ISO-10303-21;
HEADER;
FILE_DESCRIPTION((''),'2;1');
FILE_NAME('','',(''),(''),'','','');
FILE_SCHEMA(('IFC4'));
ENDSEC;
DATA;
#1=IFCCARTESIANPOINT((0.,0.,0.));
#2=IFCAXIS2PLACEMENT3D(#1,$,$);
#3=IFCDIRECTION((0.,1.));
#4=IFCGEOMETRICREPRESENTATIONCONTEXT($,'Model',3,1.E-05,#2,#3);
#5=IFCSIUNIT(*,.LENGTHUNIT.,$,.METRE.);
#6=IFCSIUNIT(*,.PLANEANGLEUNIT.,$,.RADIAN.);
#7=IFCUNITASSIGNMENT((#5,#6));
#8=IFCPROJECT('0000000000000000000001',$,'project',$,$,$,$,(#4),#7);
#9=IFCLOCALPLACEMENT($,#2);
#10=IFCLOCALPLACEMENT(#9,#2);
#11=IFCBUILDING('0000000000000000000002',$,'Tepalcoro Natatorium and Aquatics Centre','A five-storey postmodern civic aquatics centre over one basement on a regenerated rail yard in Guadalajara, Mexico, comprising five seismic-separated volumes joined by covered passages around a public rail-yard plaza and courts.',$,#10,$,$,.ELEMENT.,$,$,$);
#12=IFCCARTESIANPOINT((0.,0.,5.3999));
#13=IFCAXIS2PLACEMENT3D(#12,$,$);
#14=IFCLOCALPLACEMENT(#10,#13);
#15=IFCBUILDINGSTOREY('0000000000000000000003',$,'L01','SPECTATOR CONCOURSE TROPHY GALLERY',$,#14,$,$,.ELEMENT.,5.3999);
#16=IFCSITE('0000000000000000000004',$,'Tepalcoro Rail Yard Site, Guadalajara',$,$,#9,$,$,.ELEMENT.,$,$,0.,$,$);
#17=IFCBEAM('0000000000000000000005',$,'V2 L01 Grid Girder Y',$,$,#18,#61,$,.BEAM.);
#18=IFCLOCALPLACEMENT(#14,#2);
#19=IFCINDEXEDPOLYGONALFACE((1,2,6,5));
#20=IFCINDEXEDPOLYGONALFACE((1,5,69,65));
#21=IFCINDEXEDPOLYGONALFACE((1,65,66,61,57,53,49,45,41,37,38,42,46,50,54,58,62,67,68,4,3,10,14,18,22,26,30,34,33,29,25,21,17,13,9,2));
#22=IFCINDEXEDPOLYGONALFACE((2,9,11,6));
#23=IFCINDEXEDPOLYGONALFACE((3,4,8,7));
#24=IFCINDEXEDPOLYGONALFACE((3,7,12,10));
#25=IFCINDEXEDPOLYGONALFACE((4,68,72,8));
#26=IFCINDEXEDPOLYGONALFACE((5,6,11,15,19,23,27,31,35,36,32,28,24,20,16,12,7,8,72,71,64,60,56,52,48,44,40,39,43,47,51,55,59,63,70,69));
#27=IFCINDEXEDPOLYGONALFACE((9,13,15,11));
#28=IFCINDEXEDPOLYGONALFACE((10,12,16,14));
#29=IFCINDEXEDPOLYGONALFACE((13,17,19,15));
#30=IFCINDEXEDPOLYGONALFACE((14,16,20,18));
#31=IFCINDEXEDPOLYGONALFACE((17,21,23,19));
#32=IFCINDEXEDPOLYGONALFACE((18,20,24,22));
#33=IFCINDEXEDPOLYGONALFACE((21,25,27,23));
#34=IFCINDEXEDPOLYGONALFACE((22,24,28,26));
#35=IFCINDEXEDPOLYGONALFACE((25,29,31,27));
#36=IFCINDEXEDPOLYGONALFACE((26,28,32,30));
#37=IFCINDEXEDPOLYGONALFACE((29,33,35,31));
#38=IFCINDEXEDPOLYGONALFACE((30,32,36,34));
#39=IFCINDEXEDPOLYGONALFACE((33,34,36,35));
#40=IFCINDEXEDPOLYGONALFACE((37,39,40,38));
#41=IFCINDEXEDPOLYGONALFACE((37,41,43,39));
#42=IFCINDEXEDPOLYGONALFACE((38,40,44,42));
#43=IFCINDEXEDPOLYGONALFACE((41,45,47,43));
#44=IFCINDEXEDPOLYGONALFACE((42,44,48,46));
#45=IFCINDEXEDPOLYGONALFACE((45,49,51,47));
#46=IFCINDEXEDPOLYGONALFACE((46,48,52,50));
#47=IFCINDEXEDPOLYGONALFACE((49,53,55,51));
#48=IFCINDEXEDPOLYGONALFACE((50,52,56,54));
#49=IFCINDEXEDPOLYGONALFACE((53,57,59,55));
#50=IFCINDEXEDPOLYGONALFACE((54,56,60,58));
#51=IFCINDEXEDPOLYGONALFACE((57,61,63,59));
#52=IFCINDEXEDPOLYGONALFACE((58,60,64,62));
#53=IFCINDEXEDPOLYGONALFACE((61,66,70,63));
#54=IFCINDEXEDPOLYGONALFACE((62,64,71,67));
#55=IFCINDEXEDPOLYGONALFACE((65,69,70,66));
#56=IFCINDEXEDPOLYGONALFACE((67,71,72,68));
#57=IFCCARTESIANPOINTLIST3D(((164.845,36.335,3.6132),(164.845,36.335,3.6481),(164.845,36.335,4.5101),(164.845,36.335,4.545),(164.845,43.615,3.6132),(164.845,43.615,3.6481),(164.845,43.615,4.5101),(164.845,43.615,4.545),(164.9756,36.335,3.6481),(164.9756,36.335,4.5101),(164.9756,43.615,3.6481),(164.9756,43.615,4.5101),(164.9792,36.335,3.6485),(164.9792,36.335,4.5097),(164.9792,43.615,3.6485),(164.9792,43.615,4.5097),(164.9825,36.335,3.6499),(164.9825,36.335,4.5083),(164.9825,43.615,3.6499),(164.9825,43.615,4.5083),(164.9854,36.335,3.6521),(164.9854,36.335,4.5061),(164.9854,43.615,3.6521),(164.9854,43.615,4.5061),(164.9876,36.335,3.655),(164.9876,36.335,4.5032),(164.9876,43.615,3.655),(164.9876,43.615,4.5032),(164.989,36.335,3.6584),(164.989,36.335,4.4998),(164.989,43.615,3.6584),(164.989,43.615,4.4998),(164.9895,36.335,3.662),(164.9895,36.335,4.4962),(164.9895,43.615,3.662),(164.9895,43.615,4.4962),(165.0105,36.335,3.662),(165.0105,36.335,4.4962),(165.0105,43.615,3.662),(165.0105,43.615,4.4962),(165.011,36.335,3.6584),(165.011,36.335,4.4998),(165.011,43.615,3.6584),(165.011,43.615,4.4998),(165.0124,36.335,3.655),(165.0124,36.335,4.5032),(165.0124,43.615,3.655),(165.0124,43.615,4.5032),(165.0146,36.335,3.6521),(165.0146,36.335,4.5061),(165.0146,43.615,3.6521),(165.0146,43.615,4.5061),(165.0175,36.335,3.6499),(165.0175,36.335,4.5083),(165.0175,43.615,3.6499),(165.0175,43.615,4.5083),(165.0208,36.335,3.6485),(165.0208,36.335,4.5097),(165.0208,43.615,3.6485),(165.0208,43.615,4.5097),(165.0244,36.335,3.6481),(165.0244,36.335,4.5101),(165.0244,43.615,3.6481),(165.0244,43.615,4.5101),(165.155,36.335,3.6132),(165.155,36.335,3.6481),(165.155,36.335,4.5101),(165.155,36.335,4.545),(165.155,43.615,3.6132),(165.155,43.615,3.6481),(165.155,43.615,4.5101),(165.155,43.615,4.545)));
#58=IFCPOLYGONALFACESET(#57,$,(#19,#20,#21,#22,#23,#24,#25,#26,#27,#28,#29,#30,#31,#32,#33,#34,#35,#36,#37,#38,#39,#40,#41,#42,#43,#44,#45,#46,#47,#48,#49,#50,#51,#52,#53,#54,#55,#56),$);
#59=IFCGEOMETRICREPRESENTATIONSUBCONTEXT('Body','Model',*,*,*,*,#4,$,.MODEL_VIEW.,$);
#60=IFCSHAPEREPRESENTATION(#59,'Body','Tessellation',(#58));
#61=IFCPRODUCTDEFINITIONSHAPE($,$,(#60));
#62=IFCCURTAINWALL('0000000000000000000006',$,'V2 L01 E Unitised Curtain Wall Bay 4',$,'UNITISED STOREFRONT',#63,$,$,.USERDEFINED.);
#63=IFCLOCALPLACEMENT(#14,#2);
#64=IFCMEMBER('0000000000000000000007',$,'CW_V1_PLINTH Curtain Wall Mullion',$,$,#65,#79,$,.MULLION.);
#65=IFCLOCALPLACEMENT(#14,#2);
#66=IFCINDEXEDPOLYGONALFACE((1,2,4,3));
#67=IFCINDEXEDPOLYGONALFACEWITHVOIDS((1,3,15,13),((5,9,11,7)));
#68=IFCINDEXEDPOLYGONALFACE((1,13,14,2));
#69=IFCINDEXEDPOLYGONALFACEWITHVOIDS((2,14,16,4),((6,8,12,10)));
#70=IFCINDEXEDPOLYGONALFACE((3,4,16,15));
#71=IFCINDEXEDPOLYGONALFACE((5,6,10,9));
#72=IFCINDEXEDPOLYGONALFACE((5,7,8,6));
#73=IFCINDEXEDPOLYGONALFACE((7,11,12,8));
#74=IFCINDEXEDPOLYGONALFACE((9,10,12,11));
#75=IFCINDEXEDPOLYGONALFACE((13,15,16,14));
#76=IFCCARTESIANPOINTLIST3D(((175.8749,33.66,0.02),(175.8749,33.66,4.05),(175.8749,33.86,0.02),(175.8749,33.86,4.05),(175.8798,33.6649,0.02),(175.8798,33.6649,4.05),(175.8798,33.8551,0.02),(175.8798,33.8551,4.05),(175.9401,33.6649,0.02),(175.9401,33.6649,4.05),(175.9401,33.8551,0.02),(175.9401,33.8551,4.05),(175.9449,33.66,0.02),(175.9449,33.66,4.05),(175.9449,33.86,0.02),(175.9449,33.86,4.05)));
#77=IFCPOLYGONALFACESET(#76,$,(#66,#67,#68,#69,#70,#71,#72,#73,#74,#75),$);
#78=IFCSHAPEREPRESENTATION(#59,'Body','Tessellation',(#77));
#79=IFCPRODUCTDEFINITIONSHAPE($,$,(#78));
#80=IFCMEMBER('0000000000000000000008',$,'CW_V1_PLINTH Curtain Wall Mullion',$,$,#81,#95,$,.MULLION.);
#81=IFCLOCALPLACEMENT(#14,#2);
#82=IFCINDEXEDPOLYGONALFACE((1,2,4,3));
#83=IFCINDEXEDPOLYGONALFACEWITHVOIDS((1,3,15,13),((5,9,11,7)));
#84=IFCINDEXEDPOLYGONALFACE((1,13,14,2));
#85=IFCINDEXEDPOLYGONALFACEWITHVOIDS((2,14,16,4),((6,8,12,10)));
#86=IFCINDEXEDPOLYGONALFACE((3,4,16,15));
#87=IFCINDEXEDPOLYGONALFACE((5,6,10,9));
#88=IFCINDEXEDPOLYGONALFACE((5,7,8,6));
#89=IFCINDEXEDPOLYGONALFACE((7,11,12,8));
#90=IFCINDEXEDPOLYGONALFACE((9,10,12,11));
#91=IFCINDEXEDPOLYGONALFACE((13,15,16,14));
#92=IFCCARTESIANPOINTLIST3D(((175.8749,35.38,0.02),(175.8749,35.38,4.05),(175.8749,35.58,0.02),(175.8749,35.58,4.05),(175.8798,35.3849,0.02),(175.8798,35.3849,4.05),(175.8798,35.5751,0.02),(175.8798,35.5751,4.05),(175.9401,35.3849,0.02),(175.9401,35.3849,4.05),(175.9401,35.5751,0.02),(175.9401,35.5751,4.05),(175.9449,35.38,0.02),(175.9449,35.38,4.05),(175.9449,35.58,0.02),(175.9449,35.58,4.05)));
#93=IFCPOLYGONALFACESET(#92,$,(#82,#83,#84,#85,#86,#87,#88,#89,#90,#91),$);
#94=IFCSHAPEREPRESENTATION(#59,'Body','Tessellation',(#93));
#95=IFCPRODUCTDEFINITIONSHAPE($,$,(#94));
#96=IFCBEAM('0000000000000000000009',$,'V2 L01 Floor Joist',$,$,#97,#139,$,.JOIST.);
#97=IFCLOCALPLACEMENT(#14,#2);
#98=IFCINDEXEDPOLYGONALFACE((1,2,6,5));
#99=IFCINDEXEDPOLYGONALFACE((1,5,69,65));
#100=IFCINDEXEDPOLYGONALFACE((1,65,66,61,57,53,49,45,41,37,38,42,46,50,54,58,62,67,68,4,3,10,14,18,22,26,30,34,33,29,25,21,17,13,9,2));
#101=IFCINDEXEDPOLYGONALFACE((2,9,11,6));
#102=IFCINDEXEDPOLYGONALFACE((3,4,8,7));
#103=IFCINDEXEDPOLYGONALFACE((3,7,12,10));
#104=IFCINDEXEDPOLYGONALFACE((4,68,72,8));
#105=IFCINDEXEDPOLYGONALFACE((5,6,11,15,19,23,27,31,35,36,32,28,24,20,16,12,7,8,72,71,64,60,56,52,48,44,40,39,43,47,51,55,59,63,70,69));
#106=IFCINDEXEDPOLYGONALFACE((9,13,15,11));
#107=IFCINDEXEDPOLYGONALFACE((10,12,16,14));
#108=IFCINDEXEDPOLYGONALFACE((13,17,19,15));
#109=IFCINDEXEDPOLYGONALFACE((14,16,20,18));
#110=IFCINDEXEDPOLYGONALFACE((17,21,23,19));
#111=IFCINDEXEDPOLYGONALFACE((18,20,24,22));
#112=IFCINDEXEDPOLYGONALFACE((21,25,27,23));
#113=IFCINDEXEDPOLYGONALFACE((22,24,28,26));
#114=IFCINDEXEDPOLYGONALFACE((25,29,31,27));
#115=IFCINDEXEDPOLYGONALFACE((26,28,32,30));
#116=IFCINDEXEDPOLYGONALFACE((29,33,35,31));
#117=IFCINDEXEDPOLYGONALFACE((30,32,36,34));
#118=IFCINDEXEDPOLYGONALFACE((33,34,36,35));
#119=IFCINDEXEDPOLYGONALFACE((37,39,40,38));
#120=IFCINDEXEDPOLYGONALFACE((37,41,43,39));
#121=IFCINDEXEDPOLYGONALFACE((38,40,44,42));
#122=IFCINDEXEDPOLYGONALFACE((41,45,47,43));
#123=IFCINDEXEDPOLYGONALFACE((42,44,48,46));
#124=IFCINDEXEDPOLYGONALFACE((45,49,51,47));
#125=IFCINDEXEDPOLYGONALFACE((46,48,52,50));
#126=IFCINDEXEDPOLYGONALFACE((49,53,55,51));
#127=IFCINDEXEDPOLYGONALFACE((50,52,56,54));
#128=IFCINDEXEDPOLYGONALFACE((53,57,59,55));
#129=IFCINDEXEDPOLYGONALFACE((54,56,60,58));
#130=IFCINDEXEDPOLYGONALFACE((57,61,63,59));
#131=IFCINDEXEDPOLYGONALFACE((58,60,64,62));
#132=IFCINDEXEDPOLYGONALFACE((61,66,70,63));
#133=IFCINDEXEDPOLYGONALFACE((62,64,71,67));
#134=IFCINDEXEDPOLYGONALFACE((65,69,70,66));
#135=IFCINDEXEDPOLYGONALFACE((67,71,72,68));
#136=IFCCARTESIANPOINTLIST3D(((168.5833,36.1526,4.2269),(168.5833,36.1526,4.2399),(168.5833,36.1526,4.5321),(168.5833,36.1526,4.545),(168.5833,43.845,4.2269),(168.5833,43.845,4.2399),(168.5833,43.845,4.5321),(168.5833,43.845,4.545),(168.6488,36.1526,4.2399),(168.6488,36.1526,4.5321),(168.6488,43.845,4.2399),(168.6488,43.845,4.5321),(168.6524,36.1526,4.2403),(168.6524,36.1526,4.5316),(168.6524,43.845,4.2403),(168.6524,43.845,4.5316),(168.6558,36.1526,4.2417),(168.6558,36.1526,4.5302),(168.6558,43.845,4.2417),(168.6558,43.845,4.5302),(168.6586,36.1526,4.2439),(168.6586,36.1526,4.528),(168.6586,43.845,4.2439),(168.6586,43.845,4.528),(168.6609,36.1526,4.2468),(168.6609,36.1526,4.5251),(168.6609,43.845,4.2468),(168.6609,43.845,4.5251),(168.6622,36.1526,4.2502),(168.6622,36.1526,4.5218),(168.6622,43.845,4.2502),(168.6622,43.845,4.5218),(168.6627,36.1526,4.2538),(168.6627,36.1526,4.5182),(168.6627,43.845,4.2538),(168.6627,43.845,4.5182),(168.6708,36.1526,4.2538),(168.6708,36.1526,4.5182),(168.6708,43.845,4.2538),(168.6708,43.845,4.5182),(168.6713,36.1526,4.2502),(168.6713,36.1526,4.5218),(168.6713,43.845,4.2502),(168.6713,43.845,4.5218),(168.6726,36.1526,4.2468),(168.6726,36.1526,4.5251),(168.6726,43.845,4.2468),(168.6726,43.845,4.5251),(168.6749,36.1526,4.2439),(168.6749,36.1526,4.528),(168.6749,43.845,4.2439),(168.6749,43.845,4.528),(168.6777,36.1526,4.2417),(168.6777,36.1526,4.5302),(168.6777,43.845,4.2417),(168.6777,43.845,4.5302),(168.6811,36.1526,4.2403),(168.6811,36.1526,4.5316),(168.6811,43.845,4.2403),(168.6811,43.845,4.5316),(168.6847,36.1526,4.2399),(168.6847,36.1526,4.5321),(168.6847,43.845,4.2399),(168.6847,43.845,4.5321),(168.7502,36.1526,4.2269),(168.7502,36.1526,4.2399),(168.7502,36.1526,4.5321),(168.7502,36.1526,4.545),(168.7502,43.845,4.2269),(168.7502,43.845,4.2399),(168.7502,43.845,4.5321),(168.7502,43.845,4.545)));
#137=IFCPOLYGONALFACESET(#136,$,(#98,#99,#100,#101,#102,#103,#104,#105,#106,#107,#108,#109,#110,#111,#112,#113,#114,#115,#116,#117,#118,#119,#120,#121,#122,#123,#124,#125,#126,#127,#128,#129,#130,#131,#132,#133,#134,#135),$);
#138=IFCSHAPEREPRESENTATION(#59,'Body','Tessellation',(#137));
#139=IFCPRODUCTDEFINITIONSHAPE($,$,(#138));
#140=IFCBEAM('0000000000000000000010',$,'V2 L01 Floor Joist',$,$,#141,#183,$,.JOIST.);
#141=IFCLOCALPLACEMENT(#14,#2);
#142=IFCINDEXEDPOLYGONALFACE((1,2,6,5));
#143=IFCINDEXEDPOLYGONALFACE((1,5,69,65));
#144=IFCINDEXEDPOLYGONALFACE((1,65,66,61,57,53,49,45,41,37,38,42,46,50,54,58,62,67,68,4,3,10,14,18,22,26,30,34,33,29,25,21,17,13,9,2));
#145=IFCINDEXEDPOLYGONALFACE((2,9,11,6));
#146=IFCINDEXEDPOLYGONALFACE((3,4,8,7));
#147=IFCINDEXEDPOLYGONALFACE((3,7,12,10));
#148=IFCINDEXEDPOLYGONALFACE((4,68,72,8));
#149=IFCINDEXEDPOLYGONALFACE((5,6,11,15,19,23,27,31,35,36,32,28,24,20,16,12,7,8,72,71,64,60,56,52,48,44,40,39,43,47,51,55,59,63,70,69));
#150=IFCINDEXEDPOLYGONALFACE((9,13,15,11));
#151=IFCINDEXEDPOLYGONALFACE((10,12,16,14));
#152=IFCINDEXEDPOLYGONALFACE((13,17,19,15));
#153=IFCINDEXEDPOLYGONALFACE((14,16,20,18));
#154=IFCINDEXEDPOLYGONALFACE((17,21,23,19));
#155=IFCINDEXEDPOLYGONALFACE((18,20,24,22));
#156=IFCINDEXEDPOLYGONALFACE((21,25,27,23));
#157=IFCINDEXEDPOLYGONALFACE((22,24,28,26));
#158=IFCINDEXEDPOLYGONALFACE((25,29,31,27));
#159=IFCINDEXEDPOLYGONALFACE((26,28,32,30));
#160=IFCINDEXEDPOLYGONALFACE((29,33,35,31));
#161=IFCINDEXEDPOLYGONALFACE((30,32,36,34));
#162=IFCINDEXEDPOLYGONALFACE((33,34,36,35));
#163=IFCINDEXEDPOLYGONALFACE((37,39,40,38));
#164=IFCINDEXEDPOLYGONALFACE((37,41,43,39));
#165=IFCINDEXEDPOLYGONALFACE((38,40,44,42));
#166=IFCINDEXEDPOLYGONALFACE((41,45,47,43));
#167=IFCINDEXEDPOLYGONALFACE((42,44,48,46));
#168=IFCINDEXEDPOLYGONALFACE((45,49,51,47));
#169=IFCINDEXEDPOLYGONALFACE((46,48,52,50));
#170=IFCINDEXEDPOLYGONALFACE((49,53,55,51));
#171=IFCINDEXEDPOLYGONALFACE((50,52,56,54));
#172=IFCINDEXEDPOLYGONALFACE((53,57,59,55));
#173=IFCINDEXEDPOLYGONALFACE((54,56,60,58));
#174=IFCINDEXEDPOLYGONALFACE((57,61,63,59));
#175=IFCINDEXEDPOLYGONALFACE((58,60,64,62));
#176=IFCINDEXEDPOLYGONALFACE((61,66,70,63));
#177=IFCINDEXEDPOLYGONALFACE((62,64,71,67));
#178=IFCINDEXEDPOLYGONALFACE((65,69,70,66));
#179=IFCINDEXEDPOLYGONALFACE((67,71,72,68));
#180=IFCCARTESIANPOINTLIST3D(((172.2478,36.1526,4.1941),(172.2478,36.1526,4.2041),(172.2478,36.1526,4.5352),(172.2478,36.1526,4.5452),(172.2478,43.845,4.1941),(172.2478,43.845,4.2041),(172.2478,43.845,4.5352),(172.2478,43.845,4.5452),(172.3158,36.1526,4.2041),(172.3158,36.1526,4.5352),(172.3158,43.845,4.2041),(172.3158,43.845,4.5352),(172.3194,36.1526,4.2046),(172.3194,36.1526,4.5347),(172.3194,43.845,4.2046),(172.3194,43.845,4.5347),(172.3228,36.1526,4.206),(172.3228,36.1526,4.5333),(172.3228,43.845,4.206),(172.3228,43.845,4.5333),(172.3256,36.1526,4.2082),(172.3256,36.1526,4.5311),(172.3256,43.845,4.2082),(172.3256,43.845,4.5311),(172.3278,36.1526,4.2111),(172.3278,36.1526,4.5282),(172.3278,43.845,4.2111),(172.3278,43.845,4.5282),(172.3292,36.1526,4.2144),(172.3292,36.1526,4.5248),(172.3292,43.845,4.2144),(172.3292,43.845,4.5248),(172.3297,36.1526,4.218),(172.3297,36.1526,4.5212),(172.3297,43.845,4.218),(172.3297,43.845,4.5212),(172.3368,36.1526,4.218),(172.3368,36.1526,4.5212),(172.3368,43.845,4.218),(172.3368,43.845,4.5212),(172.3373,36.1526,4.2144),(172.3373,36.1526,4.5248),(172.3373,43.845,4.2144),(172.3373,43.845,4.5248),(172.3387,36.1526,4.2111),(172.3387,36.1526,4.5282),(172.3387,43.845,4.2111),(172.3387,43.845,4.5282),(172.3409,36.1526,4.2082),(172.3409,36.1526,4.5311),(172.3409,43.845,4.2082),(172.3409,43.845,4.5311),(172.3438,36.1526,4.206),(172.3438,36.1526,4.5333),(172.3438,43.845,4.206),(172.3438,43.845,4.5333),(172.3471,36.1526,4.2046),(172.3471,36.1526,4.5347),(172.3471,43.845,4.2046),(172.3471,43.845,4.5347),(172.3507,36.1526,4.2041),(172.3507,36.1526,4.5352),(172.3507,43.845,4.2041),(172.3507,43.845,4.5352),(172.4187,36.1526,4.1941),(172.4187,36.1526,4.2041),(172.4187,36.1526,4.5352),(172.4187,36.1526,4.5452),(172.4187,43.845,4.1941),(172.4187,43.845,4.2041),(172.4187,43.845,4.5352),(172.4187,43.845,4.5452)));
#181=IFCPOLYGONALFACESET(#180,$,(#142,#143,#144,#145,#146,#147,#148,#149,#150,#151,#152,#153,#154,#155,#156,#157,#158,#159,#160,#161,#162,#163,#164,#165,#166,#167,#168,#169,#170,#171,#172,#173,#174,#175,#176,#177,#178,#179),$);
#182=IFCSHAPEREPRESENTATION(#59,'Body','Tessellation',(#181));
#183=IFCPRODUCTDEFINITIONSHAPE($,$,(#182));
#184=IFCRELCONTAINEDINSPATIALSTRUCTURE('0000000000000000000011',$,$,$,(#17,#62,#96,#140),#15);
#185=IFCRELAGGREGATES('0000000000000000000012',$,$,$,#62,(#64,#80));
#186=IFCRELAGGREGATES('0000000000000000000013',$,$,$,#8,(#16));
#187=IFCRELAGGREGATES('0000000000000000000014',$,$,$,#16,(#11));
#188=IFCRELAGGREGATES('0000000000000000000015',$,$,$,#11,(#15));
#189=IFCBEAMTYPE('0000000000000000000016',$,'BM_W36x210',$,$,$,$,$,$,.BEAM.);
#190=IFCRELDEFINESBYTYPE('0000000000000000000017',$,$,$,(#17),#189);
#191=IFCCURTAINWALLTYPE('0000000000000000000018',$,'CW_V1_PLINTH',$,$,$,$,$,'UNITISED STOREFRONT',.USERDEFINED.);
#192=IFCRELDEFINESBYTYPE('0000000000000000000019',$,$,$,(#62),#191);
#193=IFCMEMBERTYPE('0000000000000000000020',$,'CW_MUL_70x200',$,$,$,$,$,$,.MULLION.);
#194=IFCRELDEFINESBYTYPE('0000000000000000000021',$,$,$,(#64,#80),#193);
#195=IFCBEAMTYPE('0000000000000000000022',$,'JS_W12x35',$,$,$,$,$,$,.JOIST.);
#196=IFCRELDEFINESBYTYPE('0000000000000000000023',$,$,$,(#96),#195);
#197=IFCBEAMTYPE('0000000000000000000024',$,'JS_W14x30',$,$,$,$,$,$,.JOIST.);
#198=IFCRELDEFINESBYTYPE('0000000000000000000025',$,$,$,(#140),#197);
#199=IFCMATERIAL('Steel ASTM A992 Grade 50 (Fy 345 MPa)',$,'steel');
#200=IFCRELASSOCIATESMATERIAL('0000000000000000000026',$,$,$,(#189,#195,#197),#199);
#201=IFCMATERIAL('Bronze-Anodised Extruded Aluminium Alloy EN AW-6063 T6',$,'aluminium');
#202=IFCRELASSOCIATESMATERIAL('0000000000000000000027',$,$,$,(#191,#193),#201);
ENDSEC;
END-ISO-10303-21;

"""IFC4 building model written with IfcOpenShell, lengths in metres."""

from ifc_helpers import new_model, si_unit, direction, frame, origin, origin_2d, place, context, subcontext, project, spatial, hollow_rectangle, i_section, extrude, material, material_profile, profile_set, type_object, element, aggregate, save


model = new_model("IFC4")

# Units and contexts
model_context = context("Model", 3, precision=1e-05, world=origin(), true_north=direction((0.0, 1.0)))
body_context = subcontext(model_context, "Body", "Model", "MODEL_VIEW")
ifc_project = project(units=[si_unit("LENGTHUNIT", "METRE"), si_unit("PLANEANGLEUNIT", "RADIAN")], contexts=[model_context])

# Site, building, storey
site_placement = place(None, origin())
site = spatial("IfcSite", under=ifc_project, at=site_placement, Name="Tepalcoro Rail Yard Site, Guadalajara", CompositionType="ELEMENT", RefElevation=0.0)
building_placement = place(site_placement, origin())
building = spatial("IfcBuilding", under=site, at=building_placement, Name="Tepalcoro Natatorium and Aquatics Centre", Description="A five-storey postmodern civic aquatics centre over one basement on a regenerated rail yard in Guadalajara, Mexico, comprising five seismic-separated volumes joined by covered passages around a public rail-yard plaza and courts.", CompositionType="ELEMENT")
storey_placement = place(building_placement, frame((0.0, 0.0, 5.3999)))
storey = spatial("IfcBuildingStorey", under=building, at=storey_placement, Name="L01", Description="SPECTATOR CONCOURSE TROPHY GALLERY", CompositionType="ELEMENT", Elevation=5.3999)

# Shared definitions
ifc_material_1 = material(Name="Steel ASTM A992 Grade 50 (Fy 345 MPa)", Category="steel")

# Beam
ifc_material_profile_1 = material_profile(ifc_material_1, i_section(OverallWidth=0.3101, OverallDepth=0.9319, WebThickness=0.021, FlangeThickness=0.0349, FilletRadius=0.0139, at=origin_2d()), Name="W36X210")
ifc_profile_set_1 = profile_set([ifc_material_profile_1], Name="Steel ASTM A992 Grade 50 (Fy 345 MPa)")
beam_type_1 = type_object("IfcBeamType", Name="BM_W36x210", PredefinedType="BEAM", material=ifc_profile_set_1)
beam_1_placement = place(storey_placement, frame((165.0, 36.335, 4.0791), z_axis=(0.0, 1.0, 0.0), x_axis=(-1.0, 0.0, 0.0)))
element("IfcBeam", 1, at=beam_1_placement, inside=storey, type_object=beam_type_1, Name="V2 L01 Grid Girder Y", PredefinedType="BEAM", context=body_context, shape_type="SweptSolid", body=[
    extrude(i_section(OverallWidth=0.3101, OverallDepth=0.9319, WebThickness=0.021, FlangeThickness=0.0349, FilletRadius=0.0139, at=origin_2d()), origin(), (0.0, 0.0, 1.0), 7.28),
])

# Curtain wall, members
ifc_material_2 = material(Name="Bronze-Anodised Extruded Aluminium Alloy EN AW-6063 T6", Category="aluminium")
curtain_wall_type = type_object("IfcCurtainWallType", Name="CW_V1_PLINTH", ElementType="UNITISED STOREFRONT", PredefinedType="USERDEFINED", material=ifc_material_2)
curtain_wall_placement = place(storey_placement, origin())
curtain_wall = element("IfcCurtainWall", 2, at=curtain_wall_placement, inside=storey, type_object=curtain_wall_type, Name="V2 L01 E Unitised Curtain Wall Bay 4", ObjectType="UNITISED STOREFRONT", PredefinedType="USERDEFINED")
ifc_material_profile_2 = material_profile(ifc_material_2, hollow_rectangle(XDim=0.0701, YDim=0.2, WallThickness=0.0049, at=origin_2d()), Name="AL70X200X5")
ifc_profile_set_2 = profile_set([ifc_material_profile_2], Name="Bronze-Anodised Extruded Aluminium Alloy EN AW-6063 T6")
member_type = type_object("IfcMemberType", Name="CW_MUL_70x200", PredefinedType="MULLION", material=ifc_profile_set_2)
member_1_placement = place(storey_placement, frame((175.9099, 33.76, 0.02), z_axis=(0.0, 0.0, 1.0), x_axis=(1.0, 0.0, 0.0)))
member_1 = element("IfcMember", 3, at=member_1_placement, type_object=member_type, Name="CW_V1_PLINTH Curtain Wall Mullion", PredefinedType="MULLION", context=body_context, shape_type="SweptSolid", body=[
    extrude(hollow_rectangle(XDim=0.0701, YDim=0.2, WallThickness=0.0049, at=origin_2d()), origin(), (0.0, 0.0, 1.0), 4.03),
])
member_2_placement = place(storey_placement, frame((175.9099, 35.48, 0.02), z_axis=(0.0, 0.0, 1.0), x_axis=(1.0, 0.0, 0.0)))
member_2 = element("IfcMember", 4, at=member_2_placement, type_object=member_type, Name="CW_V1_PLINTH Curtain Wall Mullion", PredefinedType="MULLION", context=body_context, shape_type="SweptSolid", body=[
    extrude(hollow_rectangle(XDim=0.0701, YDim=0.2, WallThickness=0.0049, at=origin_2d()), origin(), (0.0, 0.0, 1.0), 4.03),
])

# Beams
ifc_material_profile_3 = material_profile(ifc_material_1, i_section(OverallWidth=0.167, OverallDepth=0.3181, WebThickness=0.0081, FlangeThickness=0.0129, FilletRadius=0.0139, at=origin_2d()), Name="W12X35")
ifc_profile_set_3 = profile_set([ifc_material_profile_3], Name="Steel ASTM A992 Grade 50 (Fy 345 MPa)")
beam_type_2 = type_object("IfcBeamType", Name="JS_W12x35", PredefinedType="JOIST", material=ifc_profile_set_3)
beam_2_placement = place(storey_placement, frame((168.6667, 36.1526, 4.386), z_axis=(0.0, 1.0, 0.0), x_axis=(-1.0, 0.0, 0.0)))
element("IfcBeam", 5, at=beam_2_placement, inside=storey, type_object=beam_type_2, Name="V2 L01 Floor Joist", PredefinedType="JOIST", context=body_context, shape_type="SweptSolid", body=[
    extrude(i_section(OverallWidth=0.167, OverallDepth=0.3181, WebThickness=0.0081, FlangeThickness=0.0129, FilletRadius=0.0139, at=origin_2d()), origin(), (0.0, 0.0, 1.0), 7.6924),
])
ifc_material_profile_4 = material_profile(ifc_material_1, i_section(OverallWidth=0.1709, OverallDepth=0.3511, WebThickness=0.0071, FlangeThickness=0.01, FilletRadius=0.0139, at=origin_2d()), Name="W14X30")
ifc_profile_set_4 = profile_set([ifc_material_profile_4], Name="Steel ASTM A992 Grade 50 (Fy 345 MPa)")
beam_type_3 = type_object("IfcBeamType", Name="JS_W14x30", PredefinedType="JOIST", material=ifc_profile_set_4)
beam_3_placement = place(storey_placement, frame((172.3333, 36.1526, 4.3696), z_axis=(0.0, 1.0, 0.0), x_axis=(-1.0, 0.0, 0.0)))
element("IfcBeam", 6, at=beam_3_placement, inside=storey, type_object=beam_type_3, Name="V2 L01 Floor Joist", PredefinedType="JOIST", context=body_context, shape_type="SweptSolid", body=[
    extrude(i_section(OverallWidth=0.1709, OverallDepth=0.3511, WebThickness=0.0071, FlangeThickness=0.01, FilletRadius=0.0139, at=origin_2d()), origin(), (0.0, 0.0, 1.0), 7.6924),
])

aggregate(curtain_wall, [member_1, member_2])

save(model, "model.ifc")
